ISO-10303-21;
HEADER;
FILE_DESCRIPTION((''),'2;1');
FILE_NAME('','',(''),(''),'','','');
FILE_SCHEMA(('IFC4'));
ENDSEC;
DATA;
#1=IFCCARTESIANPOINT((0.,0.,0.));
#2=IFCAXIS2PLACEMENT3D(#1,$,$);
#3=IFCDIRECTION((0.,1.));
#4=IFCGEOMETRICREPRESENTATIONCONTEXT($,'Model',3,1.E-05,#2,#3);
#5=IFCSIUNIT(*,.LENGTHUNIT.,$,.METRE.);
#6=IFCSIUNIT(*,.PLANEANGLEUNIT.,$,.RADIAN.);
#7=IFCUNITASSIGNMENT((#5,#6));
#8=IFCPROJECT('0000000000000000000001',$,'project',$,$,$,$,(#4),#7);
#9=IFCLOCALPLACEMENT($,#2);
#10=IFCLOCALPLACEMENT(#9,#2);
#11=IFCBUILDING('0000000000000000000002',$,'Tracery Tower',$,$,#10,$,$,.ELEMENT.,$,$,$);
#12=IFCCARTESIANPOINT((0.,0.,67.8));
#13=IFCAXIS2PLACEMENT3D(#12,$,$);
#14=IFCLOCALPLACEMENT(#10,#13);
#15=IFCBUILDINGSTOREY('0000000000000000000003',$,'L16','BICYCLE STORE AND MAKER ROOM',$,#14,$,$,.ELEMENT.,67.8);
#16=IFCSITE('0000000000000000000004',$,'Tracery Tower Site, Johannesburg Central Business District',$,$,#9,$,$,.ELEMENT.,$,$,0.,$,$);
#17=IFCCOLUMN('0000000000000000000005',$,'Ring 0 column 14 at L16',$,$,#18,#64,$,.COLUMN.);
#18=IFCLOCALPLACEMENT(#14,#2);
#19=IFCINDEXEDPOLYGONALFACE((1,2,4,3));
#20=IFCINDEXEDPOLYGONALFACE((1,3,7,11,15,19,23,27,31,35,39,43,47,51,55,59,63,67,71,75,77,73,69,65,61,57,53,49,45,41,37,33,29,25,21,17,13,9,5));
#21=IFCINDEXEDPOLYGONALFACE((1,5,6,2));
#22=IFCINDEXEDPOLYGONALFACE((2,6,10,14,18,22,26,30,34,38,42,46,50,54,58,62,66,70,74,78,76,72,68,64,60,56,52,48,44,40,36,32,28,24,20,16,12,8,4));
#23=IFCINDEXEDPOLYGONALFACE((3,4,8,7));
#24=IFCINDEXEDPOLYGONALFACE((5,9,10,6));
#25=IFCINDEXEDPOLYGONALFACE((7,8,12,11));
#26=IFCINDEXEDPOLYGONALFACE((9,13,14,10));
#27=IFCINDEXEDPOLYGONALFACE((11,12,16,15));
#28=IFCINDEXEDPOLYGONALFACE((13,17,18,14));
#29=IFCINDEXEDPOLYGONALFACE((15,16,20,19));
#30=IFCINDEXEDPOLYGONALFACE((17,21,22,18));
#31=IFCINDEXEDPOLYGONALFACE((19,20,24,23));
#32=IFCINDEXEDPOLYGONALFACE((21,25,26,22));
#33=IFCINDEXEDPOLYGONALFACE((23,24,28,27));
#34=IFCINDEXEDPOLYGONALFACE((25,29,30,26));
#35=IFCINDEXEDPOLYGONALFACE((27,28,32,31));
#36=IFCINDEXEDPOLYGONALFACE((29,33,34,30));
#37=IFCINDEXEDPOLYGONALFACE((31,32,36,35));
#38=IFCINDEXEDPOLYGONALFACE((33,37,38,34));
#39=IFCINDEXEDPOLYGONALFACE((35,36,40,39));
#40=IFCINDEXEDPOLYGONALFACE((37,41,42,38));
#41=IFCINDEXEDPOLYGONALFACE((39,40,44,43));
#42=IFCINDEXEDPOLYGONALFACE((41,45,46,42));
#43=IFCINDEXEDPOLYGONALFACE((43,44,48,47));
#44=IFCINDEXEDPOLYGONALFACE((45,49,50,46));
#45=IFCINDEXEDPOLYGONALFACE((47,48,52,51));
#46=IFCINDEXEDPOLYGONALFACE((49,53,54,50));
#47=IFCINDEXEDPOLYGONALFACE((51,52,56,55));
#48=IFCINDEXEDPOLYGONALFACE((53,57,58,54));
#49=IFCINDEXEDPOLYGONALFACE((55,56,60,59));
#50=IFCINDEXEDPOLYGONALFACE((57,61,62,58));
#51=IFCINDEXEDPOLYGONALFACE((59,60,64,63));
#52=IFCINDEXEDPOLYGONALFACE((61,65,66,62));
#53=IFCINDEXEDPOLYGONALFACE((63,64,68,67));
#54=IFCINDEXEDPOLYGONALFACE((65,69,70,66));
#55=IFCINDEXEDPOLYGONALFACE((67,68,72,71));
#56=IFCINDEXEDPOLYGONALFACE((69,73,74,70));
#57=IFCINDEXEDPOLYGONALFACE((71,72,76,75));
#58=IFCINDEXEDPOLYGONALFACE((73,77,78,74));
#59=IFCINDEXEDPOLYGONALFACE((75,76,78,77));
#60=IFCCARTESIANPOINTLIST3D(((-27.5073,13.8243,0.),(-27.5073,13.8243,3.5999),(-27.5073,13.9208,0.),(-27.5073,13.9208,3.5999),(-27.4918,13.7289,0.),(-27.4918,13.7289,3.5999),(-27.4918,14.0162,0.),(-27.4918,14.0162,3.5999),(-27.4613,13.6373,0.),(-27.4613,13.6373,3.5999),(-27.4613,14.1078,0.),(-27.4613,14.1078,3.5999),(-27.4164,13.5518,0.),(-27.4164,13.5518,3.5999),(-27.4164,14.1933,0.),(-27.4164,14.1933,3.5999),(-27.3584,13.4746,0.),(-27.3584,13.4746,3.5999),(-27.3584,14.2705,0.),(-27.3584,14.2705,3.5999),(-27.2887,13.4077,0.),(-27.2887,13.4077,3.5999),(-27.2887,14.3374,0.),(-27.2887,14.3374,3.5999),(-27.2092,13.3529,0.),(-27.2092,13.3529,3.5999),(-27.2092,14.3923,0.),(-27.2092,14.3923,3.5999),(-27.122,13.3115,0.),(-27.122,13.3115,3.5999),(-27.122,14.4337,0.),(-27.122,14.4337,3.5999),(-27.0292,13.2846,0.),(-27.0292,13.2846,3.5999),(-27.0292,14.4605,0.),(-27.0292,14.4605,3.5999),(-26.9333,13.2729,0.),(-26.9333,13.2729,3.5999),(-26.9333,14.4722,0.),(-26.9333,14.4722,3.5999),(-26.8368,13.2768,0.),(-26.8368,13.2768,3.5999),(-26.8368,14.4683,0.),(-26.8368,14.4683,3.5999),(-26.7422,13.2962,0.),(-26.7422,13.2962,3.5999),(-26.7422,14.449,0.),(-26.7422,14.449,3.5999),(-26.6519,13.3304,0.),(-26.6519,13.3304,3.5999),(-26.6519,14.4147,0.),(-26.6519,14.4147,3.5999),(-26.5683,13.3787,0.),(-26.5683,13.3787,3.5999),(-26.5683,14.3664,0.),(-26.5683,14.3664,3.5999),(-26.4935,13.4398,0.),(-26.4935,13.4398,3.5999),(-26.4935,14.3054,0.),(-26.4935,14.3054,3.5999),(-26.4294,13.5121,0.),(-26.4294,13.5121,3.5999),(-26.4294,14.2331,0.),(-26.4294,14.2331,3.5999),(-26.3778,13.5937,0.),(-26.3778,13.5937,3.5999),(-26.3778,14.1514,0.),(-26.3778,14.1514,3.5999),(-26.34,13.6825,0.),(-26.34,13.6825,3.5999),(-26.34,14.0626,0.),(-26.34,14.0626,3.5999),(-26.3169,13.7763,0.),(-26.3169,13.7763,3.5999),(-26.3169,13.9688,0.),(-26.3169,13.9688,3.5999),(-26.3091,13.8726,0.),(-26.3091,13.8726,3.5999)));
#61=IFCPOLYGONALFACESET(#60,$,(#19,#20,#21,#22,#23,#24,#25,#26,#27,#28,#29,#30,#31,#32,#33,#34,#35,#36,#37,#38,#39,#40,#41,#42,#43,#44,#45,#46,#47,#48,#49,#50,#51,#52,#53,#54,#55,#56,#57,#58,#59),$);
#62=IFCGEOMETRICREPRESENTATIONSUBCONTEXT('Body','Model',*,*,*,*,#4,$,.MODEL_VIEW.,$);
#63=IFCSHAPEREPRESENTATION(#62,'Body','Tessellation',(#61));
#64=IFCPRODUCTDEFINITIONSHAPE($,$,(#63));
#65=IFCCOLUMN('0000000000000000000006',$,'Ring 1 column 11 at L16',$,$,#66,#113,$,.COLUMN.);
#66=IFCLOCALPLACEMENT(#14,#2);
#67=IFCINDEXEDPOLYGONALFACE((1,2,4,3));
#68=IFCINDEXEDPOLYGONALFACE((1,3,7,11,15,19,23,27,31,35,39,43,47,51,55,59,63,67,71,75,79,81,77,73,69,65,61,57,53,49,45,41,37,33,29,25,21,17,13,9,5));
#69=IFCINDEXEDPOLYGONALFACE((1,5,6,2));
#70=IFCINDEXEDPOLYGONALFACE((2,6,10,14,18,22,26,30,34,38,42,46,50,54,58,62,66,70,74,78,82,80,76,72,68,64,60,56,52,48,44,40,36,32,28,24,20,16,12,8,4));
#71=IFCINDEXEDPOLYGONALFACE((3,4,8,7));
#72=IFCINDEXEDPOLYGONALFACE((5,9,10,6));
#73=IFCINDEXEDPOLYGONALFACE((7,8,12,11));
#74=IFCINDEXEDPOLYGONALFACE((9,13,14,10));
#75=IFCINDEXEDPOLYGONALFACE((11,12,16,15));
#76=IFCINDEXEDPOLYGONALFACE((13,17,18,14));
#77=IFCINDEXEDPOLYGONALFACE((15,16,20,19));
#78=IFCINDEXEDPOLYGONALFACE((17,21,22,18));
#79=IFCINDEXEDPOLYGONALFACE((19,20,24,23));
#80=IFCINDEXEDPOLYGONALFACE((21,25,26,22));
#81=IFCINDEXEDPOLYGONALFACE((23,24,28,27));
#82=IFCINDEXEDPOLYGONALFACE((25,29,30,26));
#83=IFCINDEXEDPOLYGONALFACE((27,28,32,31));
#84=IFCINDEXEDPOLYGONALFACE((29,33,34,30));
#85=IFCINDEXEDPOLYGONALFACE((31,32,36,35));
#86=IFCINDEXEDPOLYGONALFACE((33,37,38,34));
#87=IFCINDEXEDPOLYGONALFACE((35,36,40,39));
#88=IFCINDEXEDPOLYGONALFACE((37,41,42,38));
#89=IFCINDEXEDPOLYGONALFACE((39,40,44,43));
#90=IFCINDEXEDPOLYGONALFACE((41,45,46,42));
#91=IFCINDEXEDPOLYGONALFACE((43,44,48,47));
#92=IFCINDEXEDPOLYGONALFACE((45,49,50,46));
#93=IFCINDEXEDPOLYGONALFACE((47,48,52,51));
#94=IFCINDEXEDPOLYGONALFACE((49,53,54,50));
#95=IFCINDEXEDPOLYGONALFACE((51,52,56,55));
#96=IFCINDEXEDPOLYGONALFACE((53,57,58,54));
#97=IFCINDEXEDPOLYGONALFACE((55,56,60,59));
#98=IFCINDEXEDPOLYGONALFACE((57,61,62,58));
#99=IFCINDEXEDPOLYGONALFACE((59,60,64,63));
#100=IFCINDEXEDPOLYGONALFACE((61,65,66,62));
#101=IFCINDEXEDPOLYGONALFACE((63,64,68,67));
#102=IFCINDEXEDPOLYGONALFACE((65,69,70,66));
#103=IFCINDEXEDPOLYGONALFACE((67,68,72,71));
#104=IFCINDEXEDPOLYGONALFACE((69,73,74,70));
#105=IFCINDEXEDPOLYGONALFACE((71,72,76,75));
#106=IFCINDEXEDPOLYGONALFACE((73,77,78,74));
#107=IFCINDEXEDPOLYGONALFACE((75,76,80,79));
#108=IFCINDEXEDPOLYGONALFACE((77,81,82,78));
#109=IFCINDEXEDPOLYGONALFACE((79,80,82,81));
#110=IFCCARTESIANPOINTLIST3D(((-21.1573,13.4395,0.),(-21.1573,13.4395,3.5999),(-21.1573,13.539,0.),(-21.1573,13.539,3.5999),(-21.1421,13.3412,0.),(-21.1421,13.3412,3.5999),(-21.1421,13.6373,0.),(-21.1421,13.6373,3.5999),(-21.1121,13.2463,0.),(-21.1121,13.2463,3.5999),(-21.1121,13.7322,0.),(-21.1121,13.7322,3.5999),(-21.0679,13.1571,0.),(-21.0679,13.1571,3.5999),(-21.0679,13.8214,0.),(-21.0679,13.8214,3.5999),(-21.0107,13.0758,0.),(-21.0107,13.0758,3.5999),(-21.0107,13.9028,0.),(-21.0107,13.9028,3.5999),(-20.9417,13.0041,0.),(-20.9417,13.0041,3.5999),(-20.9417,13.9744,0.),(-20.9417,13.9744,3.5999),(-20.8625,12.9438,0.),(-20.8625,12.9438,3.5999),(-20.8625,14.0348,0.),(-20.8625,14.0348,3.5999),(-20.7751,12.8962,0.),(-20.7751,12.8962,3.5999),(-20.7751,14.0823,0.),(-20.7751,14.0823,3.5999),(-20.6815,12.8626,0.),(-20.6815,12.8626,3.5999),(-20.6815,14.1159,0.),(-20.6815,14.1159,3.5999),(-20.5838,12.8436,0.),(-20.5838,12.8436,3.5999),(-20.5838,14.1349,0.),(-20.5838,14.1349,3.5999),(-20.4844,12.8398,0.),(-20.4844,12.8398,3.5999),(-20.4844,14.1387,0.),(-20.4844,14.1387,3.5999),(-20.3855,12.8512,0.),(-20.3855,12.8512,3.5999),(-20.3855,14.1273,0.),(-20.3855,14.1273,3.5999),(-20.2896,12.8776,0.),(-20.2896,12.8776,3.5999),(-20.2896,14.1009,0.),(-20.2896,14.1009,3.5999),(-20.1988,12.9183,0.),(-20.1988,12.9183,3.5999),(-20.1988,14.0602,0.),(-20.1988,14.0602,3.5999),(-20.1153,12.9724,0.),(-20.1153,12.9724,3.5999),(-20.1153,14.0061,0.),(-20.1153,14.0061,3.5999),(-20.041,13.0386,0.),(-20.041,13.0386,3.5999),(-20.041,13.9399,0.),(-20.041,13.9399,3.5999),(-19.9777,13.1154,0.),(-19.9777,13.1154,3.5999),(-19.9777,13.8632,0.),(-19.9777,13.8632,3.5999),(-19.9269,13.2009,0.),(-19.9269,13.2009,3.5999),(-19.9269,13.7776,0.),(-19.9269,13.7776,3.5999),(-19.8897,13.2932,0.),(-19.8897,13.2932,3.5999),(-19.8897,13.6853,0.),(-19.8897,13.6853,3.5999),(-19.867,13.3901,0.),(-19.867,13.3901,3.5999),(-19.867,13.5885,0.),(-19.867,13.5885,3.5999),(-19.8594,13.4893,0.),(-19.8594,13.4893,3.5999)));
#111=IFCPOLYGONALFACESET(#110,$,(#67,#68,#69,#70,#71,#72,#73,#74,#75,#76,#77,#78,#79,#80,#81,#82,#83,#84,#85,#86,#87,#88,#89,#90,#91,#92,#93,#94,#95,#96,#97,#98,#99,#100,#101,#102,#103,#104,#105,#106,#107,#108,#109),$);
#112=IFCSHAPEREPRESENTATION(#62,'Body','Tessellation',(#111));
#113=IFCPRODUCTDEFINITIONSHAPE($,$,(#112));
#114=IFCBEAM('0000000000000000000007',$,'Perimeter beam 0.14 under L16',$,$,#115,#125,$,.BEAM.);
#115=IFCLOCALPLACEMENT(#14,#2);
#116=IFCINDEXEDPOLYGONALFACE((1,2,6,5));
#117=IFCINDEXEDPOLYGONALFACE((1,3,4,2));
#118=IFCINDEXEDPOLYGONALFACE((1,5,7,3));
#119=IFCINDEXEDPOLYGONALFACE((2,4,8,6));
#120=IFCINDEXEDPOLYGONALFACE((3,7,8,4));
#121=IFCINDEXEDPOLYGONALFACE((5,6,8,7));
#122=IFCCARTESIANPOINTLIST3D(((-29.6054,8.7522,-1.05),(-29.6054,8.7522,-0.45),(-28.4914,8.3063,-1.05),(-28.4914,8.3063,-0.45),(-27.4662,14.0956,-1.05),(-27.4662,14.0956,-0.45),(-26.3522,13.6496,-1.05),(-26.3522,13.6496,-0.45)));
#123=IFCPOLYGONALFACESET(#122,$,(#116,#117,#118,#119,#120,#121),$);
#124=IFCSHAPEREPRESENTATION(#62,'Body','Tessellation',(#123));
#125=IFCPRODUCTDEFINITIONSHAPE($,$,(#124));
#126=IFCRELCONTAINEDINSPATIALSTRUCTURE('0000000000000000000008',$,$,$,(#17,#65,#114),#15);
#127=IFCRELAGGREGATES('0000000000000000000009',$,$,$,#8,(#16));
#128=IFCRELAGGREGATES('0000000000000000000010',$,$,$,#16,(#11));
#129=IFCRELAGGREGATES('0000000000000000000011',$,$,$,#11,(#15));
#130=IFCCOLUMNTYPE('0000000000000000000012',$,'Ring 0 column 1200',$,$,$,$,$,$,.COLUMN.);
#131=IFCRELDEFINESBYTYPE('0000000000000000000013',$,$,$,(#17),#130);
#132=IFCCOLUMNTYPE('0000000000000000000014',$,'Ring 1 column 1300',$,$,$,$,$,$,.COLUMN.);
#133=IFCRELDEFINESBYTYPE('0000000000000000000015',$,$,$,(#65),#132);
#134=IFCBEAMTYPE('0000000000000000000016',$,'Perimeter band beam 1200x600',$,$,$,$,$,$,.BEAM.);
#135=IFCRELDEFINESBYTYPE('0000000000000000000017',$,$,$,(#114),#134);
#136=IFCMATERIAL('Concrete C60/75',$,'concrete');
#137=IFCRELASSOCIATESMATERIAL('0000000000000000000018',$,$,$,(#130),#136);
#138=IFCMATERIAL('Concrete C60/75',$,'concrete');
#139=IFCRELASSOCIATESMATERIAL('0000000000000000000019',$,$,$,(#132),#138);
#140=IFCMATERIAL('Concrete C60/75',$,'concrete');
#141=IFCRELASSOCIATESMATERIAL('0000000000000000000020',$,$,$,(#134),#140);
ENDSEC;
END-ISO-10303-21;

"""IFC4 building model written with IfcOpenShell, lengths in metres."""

from ifc_helpers import new_model, si_unit, direction, frame, origin, origin_2d, place, context, subcontext, project, spatial, rectangle, circle, extrude, material, material_profile, profile_set, type_object, element, save


model = new_model("IFC4")

# Units and contexts
model_context = context("Model", 3, precision=1e-05, world=origin(), true_north=direction((0.0, 1.0)))
body_context = subcontext(model_context, "Body", "Model", "MODEL_VIEW")
ifc_project = project(units=[si_unit("LENGTHUNIT", "METRE"), si_unit("PLANEANGLEUNIT", "RADIAN")], contexts=[model_context])

# Site, building, storey
site_placement = place(None, origin())
site = spatial("IfcSite", under=ifc_project, at=site_placement, Name="Tracery Tower Site, Johannesburg Central Business District", CompositionType="ELEMENT", RefElevation=0.0)
building_placement = place(site_placement, origin())
building = spatial("IfcBuilding", under=site, at=building_placement, Name="Tracery Tower", CompositionType="ELEMENT")
storey_placement = place(building_placement, frame((0.0, 0.0, 67.8)))
storey = spatial("IfcBuildingStorey", under=building, at=storey_placement, Name="L16", Description="BICYCLE STORE AND MAKER ROOM", CompositionType="ELEMENT", Elevation=67.8)

# Columns
ifc_material_1 = material(Name="Concrete C60/75", Category="concrete")
ifc_material_profile_1 = material_profile(ifc_material_1, circle(Radius=0.6001, at=origin_2d()), Name="RC D1200")
ifc_profile_set_1 = profile_set([ifc_material_profile_1], Name="Concrete C60/75")
column_type_1 = type_object("IfcColumnType", Name="Ring 0 column 1200", PredefinedType="COLUMN", material=ifc_profile_set_1)
column_1_placement = place(storey_placement, frame((-26.9092, 13.8726, 0.0), z_axis=(0.0, 0.0, 1.0), x_axis=(1.0, 0.0, 0.0)))
element("IfcColumn", 1, at=column_1_placement, inside=storey, type_object=column_type_1, Name="Ring 0 column 14 at L16", PredefinedType="COLUMN", context=body_context, shape_type="SweptSolid", body=[
    extrude(circle(Radius=0.6001, at=origin_2d()), origin(), (0.0, 0.0, 1.0), 3.5999),
])
ifc_material_2 = material(Name="Concrete C60/75", Category="concrete")
ifc_material_profile_2 = material_profile(ifc_material_2, circle(Radius=0.6499, at=origin_2d()), Name="RC D1300")
ifc_profile_set_2 = profile_set([ifc_material_profile_2], Name="Concrete C60/75")
column_type_2 = type_object("IfcColumnType", Name="Ring 1 column 1300", PredefinedType="COLUMN", material=ifc_profile_set_2)
column_2_placement = place(storey_placement, frame((-20.5093, 13.4893, 0.0), z_axis=(0.0, 0.0, 1.0), x_axis=(1.0, 0.0, 0.0)))
element("IfcColumn", 2, at=column_2_placement, inside=storey, type_object=column_type_2, Name="Ring 1 column 11 at L16", PredefinedType="COLUMN", context=body_context, shape_type="SweptSolid", body=[
    extrude(circle(Radius=0.6499, at=origin_2d()), origin(), (0.0, 0.0, 1.0), 3.5999),
])

# Beam
ifc_material_3 = material(Name="Concrete C60/75", Category="concrete")
ifc_material_profile_3 = material_profile(ifc_material_3, rectangle(XDim=1.2, YDim=0.6001, at=origin_2d()), Name="RC 1200x600")
ifc_profile_set_3 = profile_set([ifc_material_profile_3], Name="Concrete C60/75")
beam_type = type_object("IfcBeamType", Name="Perimeter band beam 1200x600", PredefinedType="BEAM", material=ifc_profile_set_3)
beam_placement = place(storey_placement, frame((-26.9092, 13.8726, -0.75), z_axis=(-0.371669, -0.928365, 0.0), x_axis=(0.928365, -0.371669, 0.0)))
element("IfcBeam", 3, at=beam_placement, inside=storey, type_object=beam_type, Name="Perimeter beam 0.14 under L16", PredefinedType="BEAM", context=body_context, shape_type="SweptSolid", body=[
    extrude(rectangle(XDim=1.2, YDim=0.6001, at=origin_2d()), origin(), (0.0, 0.0, 1.0), 5.7556),
])

save(model, "model.ifc")
